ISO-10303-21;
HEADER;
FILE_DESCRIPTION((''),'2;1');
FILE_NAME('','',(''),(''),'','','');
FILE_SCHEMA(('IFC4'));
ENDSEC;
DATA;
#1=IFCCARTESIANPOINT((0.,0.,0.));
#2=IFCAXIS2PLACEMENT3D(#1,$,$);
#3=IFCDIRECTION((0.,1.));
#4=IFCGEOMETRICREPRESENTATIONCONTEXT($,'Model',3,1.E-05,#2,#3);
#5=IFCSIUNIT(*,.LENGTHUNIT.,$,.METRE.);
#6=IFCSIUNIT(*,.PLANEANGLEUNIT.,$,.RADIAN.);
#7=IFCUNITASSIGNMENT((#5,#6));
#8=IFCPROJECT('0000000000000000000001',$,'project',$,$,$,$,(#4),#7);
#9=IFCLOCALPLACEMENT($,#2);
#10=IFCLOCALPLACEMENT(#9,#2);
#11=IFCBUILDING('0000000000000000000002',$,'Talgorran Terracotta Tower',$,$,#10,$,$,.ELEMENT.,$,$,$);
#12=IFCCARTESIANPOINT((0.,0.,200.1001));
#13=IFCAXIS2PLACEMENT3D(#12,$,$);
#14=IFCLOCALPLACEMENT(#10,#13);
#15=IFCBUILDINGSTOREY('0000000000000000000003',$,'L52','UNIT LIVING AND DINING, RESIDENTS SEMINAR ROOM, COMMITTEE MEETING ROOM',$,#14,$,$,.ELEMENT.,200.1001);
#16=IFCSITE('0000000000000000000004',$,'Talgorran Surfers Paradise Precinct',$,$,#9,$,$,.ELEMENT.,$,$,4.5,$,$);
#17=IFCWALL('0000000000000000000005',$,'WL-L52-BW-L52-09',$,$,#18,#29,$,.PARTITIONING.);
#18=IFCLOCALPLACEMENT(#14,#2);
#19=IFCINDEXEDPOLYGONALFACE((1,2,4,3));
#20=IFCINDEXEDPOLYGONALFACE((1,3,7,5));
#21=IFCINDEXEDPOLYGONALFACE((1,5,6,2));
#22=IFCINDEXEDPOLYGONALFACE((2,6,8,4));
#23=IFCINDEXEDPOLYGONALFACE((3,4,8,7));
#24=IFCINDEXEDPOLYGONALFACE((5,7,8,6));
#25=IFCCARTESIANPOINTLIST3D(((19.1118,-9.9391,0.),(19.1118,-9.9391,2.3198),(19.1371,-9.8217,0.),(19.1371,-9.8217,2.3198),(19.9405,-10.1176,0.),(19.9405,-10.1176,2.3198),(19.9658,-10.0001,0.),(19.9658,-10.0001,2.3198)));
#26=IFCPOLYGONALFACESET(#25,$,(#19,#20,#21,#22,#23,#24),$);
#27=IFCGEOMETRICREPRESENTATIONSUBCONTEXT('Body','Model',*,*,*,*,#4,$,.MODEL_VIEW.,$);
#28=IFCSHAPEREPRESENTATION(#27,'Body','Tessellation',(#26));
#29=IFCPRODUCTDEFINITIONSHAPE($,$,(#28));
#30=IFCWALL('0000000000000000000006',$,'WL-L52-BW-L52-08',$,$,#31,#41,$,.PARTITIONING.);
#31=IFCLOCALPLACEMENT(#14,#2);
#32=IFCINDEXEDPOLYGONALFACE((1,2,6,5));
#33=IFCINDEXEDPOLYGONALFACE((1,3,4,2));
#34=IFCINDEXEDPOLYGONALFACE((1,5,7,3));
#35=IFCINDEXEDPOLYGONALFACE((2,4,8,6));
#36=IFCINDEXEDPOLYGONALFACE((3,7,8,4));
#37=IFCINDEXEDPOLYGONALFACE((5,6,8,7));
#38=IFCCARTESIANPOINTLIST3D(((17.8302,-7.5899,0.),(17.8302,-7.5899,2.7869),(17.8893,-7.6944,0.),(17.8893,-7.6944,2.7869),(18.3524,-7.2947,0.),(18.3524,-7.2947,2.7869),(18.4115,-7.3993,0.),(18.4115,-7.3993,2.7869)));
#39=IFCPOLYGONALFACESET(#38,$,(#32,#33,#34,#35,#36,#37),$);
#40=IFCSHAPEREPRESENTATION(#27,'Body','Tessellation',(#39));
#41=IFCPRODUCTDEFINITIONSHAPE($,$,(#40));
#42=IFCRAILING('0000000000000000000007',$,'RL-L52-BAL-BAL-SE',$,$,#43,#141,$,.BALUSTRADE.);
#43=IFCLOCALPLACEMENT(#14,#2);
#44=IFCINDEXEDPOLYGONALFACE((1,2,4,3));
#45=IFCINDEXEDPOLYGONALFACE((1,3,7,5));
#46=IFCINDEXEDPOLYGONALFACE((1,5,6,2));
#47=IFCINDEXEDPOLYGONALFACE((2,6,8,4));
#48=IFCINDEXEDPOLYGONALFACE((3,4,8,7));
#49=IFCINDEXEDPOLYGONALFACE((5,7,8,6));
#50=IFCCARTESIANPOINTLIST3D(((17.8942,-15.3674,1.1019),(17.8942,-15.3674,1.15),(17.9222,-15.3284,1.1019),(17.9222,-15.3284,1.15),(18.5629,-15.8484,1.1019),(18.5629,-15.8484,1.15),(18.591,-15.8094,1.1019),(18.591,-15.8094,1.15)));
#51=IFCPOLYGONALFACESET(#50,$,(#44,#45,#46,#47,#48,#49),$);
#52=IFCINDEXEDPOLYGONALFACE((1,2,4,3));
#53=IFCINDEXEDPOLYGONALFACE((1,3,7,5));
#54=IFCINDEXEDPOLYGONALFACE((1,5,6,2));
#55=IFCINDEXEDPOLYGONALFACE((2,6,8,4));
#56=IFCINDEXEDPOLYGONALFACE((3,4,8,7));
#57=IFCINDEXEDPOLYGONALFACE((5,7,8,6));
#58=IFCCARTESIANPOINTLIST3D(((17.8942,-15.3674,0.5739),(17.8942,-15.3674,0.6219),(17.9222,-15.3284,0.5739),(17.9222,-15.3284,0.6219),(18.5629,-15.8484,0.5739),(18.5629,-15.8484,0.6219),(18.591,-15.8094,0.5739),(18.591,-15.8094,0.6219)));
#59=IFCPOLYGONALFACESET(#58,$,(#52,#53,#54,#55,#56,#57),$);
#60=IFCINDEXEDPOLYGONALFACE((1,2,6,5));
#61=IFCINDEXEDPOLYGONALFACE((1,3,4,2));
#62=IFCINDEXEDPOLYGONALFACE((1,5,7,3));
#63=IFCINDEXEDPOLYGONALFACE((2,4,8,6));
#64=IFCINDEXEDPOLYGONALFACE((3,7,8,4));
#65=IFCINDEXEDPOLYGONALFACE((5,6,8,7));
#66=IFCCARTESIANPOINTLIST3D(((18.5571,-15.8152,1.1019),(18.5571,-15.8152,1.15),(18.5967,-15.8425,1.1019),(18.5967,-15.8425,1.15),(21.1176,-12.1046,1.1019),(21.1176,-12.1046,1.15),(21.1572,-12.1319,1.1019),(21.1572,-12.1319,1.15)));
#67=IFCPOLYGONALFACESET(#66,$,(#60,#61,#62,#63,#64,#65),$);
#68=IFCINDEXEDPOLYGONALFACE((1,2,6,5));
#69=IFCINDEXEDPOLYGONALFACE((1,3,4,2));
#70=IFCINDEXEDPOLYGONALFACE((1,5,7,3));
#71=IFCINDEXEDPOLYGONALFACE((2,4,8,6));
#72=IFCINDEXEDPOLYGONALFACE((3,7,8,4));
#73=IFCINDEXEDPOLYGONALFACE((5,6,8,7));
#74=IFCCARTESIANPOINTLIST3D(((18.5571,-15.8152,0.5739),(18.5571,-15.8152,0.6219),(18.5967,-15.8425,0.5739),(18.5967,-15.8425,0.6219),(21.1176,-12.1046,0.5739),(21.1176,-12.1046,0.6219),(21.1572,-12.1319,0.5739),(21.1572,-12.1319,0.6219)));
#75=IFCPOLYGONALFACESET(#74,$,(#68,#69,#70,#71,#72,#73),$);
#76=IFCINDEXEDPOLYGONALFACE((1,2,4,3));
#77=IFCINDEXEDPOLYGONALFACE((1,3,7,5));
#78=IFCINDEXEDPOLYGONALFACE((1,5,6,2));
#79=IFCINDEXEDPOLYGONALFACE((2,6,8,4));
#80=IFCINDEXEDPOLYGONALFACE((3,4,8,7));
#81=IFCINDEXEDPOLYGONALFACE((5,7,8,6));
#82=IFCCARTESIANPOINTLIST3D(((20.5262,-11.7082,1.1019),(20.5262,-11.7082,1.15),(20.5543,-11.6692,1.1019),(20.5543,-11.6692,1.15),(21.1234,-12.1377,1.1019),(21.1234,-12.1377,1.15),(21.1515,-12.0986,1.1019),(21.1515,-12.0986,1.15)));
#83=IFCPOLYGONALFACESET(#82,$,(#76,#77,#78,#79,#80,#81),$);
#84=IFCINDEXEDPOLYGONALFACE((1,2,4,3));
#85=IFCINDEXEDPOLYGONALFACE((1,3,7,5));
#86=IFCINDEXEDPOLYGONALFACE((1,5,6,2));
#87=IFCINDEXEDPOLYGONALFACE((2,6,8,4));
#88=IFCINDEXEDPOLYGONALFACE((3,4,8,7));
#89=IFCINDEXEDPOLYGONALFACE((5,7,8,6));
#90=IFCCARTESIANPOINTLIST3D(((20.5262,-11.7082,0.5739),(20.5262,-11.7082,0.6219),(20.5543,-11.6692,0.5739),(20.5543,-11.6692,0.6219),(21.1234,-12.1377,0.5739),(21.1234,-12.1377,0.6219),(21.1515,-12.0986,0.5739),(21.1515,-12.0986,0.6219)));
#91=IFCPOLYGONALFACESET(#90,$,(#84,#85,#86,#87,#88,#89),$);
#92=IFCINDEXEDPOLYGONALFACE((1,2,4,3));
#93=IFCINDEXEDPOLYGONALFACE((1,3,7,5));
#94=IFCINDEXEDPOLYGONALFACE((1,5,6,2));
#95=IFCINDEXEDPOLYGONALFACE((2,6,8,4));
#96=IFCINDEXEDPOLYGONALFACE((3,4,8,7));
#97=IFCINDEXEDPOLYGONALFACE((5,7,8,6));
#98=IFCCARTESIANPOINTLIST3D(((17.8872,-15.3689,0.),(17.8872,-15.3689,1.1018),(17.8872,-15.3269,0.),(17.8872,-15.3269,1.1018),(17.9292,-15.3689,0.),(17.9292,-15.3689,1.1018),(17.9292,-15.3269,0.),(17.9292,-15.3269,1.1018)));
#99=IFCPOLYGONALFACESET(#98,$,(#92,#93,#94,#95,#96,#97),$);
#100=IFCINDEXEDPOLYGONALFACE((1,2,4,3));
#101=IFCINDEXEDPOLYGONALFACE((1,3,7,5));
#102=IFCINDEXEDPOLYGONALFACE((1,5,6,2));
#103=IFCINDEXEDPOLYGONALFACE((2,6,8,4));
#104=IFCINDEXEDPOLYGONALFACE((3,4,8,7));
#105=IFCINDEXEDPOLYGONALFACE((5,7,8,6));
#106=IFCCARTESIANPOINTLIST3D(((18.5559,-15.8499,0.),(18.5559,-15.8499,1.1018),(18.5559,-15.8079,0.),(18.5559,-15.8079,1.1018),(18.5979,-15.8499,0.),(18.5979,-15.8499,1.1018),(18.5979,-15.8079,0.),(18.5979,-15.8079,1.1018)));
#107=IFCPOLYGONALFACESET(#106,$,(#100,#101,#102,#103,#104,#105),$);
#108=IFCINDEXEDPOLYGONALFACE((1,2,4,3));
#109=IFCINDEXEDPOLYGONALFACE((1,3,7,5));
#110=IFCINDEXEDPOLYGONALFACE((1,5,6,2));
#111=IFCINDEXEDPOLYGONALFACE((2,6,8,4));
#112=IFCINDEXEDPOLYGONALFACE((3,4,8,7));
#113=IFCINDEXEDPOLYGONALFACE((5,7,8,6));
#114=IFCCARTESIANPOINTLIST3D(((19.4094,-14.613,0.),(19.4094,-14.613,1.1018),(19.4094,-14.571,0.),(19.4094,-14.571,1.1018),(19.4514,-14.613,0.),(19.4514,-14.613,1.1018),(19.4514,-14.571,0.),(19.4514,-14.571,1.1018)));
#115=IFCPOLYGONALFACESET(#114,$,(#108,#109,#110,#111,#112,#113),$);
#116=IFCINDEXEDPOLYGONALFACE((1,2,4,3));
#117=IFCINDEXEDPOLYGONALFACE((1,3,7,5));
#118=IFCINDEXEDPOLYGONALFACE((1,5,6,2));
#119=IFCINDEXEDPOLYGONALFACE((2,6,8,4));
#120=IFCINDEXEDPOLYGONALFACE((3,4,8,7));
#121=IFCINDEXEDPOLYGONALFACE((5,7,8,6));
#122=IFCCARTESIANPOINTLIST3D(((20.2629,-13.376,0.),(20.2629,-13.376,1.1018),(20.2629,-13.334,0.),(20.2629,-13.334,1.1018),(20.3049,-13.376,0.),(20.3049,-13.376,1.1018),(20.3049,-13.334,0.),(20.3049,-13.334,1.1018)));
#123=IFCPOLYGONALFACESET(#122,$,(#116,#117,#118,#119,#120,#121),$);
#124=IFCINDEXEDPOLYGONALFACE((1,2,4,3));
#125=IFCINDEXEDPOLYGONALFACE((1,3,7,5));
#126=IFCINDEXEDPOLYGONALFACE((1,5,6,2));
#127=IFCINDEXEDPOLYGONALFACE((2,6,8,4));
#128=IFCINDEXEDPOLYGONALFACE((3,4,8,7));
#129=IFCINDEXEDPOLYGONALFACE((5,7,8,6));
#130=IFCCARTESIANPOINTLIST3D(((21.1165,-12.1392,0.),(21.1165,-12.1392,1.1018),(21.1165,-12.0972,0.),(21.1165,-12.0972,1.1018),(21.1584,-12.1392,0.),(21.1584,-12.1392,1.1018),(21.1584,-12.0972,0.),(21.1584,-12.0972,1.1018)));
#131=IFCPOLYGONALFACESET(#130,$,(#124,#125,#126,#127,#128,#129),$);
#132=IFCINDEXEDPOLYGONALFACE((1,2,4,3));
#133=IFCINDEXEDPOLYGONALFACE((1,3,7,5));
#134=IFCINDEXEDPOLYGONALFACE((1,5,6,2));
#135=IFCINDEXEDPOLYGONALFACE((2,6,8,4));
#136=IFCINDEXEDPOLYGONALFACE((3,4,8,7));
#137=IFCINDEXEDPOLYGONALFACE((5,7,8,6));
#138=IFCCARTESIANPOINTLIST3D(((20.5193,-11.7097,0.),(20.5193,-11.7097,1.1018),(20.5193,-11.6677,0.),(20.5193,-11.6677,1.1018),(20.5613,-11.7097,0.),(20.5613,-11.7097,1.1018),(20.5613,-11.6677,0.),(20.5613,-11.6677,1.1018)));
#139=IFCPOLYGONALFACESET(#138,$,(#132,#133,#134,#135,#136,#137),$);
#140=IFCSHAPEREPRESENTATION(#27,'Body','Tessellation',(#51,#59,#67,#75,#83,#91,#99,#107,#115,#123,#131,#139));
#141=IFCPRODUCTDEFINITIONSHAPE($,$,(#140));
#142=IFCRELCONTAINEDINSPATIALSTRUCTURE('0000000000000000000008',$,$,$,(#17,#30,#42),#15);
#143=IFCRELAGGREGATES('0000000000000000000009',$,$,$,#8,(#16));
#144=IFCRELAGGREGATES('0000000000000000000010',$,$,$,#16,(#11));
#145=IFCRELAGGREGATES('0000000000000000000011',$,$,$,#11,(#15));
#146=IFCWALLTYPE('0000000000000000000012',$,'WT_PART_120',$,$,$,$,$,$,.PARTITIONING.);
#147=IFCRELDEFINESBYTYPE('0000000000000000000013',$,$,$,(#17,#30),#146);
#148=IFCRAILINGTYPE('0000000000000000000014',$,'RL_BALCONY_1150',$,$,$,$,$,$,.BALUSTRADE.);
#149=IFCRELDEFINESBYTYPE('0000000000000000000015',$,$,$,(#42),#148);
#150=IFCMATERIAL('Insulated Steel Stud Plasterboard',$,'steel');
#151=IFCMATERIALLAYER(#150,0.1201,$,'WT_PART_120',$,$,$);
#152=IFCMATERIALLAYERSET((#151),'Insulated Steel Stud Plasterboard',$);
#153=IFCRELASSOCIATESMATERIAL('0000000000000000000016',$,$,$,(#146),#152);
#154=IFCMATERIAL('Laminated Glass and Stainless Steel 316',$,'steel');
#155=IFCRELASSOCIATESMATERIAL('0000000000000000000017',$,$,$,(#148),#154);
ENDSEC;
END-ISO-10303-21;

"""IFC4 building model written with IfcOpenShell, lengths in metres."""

from ifc_helpers import new_model, si_unit, direction, frame, frame_2d, origin, origin_2d, place, context, subcontext, project, spatial, rectangle, extrude, material, layer, layer_set, type_object, element, save


model = new_model("IFC4")

# Units and contexts
model_context = context("Model", 3, precision=1e-05, world=origin(), true_north=direction((0.0, 1.0)))
body_context = subcontext(model_context, "Body", "Model", "MODEL_VIEW")
ifc_project = project(units=[si_unit("LENGTHUNIT", "METRE"), si_unit("PLANEANGLEUNIT", "RADIAN")], contexts=[model_context])

# Site, building, storey
site_placement = place(None, origin())
site = spatial("IfcSite", under=ifc_project, at=site_placement, Name="Talgorran Surfers Paradise Precinct", CompositionType="ELEMENT", RefElevation=4.5)
building_placement = place(site_placement, origin())
building = spatial("IfcBuilding", under=site, at=building_placement, Name="Talgorran Terracotta Tower", CompositionType="ELEMENT")
storey_placement = place(building_placement, frame((0.0, 0.0, 200.1001)))
storey = spatial("IfcBuildingStorey", under=building, at=storey_placement, Name="L52", Description="UNIT LIVING AND DINING, RESIDENTS SEMINAR ROOM, COMMITTEE MEETING ROOM", CompositionType="ELEMENT", Elevation=200.1001)

# Walls
ifc_material_1 = material(Name="Insulated Steel Stud Plasterboard", Category="steel")
ifc_layer_1 = layer(ifc_material_1, 0.1201, Name="WT_PART_120")
ifc_layer_set_1 = layer_set([ifc_layer_1], Name="Insulated Steel Stud Plasterboard")
wall_type_1 = type_object("IfcWallType", Name="WT_PART_120", PredefinedType="PARTITIONING", material=ifc_layer_set_1)
wall_1_placement = place(storey_placement, frame((19.9531, -10.0588, 0.0), z_axis=(0.0, 0.0, 1.0), x_axis=(-0.977583, 0.210552, 0.0)))
element("IfcWall", 1, at=wall_1_placement, inside=storey, type_object=wall_type_1, Name="WL-L52-BW-L52-09", PredefinedType="PARTITIONING", context=body_context, shape_type="SweptSolid", body=[
    extrude(rectangle(XDim=0.8477, YDim=0.1201, at=frame_2d((0.4238, 0.0))), origin(), (0.0, 0.0, 1.0), 2.3198),
])
wall_2_placement = place(storey_placement, frame((17.8599, -7.6421, 0.0), z_axis=(0.0, 0.0, 1.0), x_axis=(0.870563, 0.492057, 0.0)))
element("IfcWall", 2, at=wall_2_placement, inside=storey, type_object=wall_type_1, Name="WL-L52-BW-L52-08", PredefinedType="PARTITIONING", context=body_context, shape_type="SweptSolid", body=[
    extrude(rectangle(XDim=0.5999, YDim=0.1201, at=frame_2d((0.2998, 0.0))), origin(), (0.0, 0.0, 1.0), 2.7869),
])

# Railing
ifc_material_2 = material(Name="Laminated Glass and Stainless Steel 316", Category="steel")
railing_type = type_object("IfcRailingType", Name="RL_BALCONY_1150", PredefinedType="BALUSTRADE", material=ifc_material_2)
railing_placement = place(storey_placement, frame((17.9082, -15.3479, 0.0)))
element("IfcRailing", 3, at=railing_placement, inside=storey, type_object=railing_type, Name="RL-L52-BAL-BAL-SE", PredefinedType="BALUSTRADE", context=body_context, shape_type="SweptSolid", body=[
    extrude(rectangle(XDim=0.0481, YDim=0.0481, at=origin_2d()), frame((0.0, 0.0, 1.126), z_axis=(0.811827, -0.583899, 0.0), x_axis=(0.583899, 0.811827, 0.0)), (0.0, 0.0, 1.0), 0.8237),
    extrude(rectangle(XDim=0.0481, YDim=0.0481, at=origin_2d()), frame((0.0, 0.0, 0.5979), z_axis=(0.811827, -0.583899, 0.0), x_axis=(0.583899, 0.811827, 0.0)), (0.0, 0.0, 1.0), 0.8237),
    extrude(rectangle(XDim=0.0481, YDim=0.0481, at=origin_2d()), frame((0.6687, -0.481, 1.126), z_axis=(0.567951, 0.823063, 0.0), x_axis=(-0.823063, 0.567951, 0.0)), (0.0, 0.0, 1.0), 4.5083),
    extrude(rectangle(XDim=0.0481, YDim=0.0481, at=origin_2d()), frame((0.6687, -0.481, 0.5979), z_axis=(0.567951, 0.823063, 0.0), x_axis=(-0.823063, 0.567951, 0.0)), (0.0, 0.0, 1.0), 4.5083),
    extrude(rectangle(XDim=0.0481, YDim=0.0481, at=origin_2d()), frame((3.2292, 3.2297, 1.126), z_axis=(-0.811868, 0.583841, 0.0), x_axis=(-0.583841, -0.811868, 0.0)), (0.0, 0.0, 1.0), 0.7356),
    extrude(rectangle(XDim=0.0481, YDim=0.0481, at=origin_2d()), frame((3.2292, 3.2297, 0.5979), z_axis=(-0.811868, 0.583841, 0.0), x_axis=(-0.583841, -0.811868, 0.0)), (0.0, 0.0, 1.0), 0.7356),
    extrude(rectangle(XDim=0.042, YDim=0.042, at=origin_2d()), origin(), (0.0, 0.0, 1.0), 1.1018),
    extrude(rectangle(XDim=0.042, YDim=0.042, at=origin_2d()), frame((0.6687, -0.481, 0.0)), (0.0, 0.0, 1.0), 1.1018),
    extrude(rectangle(XDim=0.042, YDim=0.042, at=origin_2d()), frame((1.5222, 0.7559, 0.0)), (0.0, 0.0, 1.0), 1.1018),
    extrude(rectangle(XDim=0.042, YDim=0.042, at=origin_2d()), frame((2.3757, 1.9929, 0.0)), (0.0, 0.0, 1.0), 1.1018),
    extrude(rectangle(XDim=0.042, YDim=0.042, at=origin_2d()), frame((3.2292, 3.2297, 0.0)), (0.0, 0.0, 1.0), 1.1018),
    extrude(rectangle(XDim=0.042, YDim=0.042, at=origin_2d()), frame((2.6321, 3.6592, 0.0)), (0.0, 0.0, 1.0), 1.1018),
])

save(model, "model.ifc")
